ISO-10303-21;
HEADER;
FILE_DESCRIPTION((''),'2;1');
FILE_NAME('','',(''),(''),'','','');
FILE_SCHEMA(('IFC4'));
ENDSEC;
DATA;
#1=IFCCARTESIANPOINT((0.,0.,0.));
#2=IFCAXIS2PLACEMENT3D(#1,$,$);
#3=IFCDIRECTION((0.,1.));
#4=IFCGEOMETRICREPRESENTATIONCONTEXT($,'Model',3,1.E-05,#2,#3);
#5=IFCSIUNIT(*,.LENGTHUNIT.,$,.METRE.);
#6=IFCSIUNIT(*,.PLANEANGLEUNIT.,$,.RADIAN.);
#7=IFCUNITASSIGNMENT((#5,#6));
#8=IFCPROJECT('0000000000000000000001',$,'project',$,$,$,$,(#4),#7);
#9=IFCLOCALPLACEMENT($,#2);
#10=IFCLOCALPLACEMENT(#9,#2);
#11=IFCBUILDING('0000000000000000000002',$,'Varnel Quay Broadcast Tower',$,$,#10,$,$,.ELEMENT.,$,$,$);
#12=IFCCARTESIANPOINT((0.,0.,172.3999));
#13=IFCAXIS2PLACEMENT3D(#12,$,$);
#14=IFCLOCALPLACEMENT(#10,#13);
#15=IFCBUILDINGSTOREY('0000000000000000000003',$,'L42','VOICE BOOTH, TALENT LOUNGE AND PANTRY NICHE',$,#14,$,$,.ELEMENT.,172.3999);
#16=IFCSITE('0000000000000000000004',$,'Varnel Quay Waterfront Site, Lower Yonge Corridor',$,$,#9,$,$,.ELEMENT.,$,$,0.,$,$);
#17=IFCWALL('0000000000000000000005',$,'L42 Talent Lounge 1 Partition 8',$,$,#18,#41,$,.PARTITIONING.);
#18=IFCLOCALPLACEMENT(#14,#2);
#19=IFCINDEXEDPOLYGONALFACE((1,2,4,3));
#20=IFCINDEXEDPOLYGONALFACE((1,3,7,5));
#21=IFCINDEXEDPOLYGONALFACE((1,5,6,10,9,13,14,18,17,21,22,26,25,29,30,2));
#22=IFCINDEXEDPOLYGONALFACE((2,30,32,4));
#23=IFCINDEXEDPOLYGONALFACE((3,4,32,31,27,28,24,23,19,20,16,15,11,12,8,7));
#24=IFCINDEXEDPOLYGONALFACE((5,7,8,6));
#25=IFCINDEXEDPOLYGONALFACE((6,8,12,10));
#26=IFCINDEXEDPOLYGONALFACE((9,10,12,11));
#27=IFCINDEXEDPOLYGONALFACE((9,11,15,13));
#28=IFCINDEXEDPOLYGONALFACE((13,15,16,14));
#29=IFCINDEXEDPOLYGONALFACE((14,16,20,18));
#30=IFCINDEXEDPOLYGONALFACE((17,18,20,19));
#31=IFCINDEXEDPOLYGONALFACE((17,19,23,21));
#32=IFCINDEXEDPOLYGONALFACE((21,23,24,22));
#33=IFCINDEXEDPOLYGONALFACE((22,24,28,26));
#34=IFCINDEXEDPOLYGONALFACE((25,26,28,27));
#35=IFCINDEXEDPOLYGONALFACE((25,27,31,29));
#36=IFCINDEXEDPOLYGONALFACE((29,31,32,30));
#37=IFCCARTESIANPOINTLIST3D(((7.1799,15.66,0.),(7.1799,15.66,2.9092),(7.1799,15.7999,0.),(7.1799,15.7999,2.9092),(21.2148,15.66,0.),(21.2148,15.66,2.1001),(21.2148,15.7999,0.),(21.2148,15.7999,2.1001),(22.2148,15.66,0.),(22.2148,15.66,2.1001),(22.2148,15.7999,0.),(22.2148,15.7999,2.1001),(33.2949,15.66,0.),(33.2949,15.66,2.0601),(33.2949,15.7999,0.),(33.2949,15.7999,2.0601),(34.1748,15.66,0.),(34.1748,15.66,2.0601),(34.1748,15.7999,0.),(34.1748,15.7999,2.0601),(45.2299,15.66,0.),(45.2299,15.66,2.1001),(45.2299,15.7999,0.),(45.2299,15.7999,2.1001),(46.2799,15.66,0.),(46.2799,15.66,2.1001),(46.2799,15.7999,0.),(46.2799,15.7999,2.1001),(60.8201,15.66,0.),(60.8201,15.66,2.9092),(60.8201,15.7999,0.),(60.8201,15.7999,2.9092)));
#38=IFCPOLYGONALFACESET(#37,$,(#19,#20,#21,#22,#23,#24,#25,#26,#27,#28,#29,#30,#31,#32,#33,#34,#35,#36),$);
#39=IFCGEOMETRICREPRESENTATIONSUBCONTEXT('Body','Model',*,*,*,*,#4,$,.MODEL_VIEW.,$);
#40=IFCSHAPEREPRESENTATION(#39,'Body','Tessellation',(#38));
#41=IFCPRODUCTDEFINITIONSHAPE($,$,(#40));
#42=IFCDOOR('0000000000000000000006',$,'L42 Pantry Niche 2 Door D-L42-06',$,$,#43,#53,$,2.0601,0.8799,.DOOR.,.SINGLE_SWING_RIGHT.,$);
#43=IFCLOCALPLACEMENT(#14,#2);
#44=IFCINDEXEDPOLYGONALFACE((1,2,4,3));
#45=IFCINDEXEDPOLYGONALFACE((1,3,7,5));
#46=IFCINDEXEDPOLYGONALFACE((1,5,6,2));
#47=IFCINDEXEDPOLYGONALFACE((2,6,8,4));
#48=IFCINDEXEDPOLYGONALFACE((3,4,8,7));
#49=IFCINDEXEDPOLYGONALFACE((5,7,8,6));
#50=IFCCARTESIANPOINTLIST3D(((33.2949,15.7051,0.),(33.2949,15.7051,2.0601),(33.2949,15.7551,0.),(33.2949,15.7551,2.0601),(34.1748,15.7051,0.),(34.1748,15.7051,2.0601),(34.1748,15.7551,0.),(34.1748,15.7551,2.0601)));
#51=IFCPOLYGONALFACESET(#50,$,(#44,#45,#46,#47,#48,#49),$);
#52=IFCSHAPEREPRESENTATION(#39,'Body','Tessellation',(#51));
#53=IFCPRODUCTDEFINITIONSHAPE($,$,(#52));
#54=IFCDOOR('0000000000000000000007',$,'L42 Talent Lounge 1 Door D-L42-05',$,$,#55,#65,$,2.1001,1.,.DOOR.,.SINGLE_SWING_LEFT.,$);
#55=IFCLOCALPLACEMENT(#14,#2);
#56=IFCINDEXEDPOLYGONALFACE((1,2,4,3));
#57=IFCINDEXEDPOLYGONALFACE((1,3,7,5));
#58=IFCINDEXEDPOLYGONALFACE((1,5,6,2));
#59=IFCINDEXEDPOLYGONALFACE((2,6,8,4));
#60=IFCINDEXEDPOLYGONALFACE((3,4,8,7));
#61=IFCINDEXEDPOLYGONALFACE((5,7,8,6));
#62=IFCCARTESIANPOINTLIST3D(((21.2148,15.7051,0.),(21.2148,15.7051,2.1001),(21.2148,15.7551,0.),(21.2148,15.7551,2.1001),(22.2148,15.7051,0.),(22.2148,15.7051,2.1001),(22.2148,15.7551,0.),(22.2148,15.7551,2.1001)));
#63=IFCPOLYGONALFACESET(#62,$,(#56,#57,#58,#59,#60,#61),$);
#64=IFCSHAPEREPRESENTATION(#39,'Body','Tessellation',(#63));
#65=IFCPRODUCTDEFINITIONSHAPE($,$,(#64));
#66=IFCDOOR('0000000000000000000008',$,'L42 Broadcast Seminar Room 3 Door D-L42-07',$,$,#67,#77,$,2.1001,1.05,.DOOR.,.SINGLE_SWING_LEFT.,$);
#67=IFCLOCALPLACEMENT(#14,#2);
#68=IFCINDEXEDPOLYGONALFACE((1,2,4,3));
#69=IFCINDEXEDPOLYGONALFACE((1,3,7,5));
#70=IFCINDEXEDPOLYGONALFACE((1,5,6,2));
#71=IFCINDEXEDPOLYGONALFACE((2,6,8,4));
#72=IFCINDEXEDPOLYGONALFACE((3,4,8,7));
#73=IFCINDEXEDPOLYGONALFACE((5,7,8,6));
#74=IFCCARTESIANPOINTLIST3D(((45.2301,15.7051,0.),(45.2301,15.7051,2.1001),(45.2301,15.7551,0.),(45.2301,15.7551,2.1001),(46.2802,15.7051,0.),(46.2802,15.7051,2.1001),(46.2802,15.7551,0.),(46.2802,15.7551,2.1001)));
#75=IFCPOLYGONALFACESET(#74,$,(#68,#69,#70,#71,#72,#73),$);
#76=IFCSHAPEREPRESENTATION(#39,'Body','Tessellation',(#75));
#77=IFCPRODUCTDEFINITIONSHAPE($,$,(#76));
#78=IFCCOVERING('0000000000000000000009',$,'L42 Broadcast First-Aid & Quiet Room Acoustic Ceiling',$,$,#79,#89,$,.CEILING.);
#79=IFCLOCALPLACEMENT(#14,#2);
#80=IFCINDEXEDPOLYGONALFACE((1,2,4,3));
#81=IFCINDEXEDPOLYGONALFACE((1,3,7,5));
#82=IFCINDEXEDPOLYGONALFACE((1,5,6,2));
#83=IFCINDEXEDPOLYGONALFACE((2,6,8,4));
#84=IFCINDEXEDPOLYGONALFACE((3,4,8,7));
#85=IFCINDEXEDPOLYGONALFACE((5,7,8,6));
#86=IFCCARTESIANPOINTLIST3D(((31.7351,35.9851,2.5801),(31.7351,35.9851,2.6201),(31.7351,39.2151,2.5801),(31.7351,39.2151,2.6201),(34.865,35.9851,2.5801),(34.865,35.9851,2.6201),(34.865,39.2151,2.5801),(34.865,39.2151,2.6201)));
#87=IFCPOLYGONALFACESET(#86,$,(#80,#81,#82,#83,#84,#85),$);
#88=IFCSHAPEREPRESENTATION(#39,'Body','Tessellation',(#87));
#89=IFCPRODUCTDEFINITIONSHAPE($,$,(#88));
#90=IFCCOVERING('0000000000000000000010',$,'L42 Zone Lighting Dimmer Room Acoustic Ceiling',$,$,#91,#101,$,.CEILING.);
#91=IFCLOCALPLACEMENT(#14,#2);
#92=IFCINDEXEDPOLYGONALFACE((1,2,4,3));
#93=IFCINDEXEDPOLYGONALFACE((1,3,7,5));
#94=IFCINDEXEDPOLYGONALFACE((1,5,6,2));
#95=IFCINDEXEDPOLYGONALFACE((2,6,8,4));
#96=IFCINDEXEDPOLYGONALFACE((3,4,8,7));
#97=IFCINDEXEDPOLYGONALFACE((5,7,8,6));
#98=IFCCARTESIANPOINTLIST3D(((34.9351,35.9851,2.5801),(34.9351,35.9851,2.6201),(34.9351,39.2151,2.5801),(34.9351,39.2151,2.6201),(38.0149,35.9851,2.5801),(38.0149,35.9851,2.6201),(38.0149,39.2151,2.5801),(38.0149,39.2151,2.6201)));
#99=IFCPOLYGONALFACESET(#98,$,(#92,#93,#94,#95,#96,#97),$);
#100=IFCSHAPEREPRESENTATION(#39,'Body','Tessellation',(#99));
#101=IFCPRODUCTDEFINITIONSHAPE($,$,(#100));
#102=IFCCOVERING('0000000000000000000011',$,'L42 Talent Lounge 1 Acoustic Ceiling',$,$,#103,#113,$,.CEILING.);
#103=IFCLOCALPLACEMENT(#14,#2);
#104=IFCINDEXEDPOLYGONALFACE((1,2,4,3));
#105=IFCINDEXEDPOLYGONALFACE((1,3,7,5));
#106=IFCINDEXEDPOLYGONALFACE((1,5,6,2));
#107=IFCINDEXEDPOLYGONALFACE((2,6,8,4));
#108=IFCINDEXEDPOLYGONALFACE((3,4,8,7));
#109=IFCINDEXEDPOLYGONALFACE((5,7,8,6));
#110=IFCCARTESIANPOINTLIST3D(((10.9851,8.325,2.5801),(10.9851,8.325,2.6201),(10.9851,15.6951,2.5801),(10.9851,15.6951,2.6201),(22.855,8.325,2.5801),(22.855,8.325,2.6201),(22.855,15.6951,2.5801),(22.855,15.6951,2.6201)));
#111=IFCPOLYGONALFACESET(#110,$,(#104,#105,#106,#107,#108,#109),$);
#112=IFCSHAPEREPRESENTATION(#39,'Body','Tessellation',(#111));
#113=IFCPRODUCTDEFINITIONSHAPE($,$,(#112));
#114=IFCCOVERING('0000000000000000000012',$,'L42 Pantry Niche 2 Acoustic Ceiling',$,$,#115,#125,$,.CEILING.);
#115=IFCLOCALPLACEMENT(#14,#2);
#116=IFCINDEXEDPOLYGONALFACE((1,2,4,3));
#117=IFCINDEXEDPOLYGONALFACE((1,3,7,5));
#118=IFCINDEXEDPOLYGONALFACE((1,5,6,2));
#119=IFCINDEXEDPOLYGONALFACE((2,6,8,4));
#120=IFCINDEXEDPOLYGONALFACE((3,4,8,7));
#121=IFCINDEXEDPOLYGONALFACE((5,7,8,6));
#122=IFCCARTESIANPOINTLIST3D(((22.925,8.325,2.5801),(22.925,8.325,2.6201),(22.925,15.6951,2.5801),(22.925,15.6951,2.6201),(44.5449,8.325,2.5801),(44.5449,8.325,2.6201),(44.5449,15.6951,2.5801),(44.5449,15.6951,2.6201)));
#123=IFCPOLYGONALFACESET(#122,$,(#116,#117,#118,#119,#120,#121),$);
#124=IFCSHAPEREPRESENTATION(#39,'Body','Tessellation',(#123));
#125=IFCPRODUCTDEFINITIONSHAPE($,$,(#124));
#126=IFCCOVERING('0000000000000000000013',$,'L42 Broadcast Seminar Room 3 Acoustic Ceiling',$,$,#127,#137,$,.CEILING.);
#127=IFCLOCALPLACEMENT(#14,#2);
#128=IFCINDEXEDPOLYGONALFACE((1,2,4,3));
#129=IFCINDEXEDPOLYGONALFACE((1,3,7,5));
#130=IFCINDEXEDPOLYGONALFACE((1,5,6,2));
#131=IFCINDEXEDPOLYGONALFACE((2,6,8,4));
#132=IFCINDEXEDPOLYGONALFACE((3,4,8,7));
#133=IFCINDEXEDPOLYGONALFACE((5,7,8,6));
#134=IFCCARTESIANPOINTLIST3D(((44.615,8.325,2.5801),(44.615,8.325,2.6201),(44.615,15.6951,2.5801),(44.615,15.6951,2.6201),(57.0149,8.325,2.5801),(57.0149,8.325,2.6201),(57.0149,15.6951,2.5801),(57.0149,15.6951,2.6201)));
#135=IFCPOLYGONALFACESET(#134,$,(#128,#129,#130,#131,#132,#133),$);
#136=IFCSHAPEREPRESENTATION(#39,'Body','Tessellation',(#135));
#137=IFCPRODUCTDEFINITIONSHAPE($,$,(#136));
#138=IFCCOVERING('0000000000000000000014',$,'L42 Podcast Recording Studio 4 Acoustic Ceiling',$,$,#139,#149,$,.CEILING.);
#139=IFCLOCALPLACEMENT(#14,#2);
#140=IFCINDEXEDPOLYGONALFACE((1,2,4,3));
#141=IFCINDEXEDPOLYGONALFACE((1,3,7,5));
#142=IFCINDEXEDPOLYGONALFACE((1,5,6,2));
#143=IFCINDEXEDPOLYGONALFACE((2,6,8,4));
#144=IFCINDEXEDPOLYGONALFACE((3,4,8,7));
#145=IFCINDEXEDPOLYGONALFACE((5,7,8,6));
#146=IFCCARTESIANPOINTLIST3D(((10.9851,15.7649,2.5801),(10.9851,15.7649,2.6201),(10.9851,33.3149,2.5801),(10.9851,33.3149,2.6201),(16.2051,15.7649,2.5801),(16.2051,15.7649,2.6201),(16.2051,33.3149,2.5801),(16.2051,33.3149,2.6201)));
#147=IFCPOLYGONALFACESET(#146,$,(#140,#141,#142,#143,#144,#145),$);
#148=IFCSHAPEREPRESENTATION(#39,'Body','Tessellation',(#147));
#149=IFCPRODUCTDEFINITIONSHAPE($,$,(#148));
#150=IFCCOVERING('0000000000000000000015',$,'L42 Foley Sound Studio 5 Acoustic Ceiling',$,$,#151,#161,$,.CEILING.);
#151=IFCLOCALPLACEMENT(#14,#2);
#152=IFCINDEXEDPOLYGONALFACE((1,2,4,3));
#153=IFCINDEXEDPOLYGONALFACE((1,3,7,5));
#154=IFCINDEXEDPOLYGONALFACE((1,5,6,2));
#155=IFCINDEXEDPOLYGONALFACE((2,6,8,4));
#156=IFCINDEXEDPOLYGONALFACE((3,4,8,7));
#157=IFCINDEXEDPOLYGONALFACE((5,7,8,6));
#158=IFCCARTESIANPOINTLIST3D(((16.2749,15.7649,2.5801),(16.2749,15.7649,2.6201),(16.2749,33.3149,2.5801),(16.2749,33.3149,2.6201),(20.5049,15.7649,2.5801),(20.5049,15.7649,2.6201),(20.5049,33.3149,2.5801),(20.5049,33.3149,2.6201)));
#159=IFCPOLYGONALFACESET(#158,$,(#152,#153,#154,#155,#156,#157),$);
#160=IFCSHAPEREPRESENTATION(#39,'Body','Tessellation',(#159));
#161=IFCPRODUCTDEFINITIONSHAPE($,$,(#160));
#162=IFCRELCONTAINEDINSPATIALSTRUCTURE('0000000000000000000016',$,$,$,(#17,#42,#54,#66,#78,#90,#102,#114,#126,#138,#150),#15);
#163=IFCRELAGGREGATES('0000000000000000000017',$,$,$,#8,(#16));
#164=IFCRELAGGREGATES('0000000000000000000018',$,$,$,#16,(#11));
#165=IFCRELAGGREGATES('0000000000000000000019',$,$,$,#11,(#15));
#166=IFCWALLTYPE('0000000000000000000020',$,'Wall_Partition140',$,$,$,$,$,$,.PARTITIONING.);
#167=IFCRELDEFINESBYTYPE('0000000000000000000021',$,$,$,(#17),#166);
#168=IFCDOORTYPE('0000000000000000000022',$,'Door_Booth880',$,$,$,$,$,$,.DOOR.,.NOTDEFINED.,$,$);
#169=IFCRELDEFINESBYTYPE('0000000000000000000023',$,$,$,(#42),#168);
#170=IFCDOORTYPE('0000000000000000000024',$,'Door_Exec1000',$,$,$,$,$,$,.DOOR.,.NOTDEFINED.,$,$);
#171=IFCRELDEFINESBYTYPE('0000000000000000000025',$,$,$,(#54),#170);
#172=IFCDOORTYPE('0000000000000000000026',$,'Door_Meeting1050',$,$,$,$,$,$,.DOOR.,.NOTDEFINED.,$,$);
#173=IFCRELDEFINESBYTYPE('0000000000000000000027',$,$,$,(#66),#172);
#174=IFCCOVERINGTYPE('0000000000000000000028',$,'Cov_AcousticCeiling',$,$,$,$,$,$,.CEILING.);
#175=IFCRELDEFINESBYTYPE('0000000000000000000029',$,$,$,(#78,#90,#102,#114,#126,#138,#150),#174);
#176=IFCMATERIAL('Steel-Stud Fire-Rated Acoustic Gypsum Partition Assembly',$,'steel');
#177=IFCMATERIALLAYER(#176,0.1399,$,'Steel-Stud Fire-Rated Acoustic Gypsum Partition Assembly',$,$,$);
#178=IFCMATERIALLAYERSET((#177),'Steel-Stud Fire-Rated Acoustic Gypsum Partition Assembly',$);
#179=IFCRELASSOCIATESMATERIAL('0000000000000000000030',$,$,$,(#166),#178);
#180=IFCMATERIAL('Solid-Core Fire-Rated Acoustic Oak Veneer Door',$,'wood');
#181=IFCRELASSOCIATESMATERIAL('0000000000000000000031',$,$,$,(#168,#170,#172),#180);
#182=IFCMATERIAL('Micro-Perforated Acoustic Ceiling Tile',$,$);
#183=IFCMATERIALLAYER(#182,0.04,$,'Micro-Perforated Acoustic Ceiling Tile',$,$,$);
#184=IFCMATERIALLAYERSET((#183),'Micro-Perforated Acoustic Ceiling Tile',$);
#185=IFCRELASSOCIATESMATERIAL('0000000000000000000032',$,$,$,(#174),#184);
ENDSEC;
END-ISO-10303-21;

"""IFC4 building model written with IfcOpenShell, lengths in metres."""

from ifc_helpers import new_model, si_unit, direction, frame, frame_2d, origin, place, context, subcontext, project, spatial, polyline, rectangle, outline, extrude, source, transform, mapped, material, layer, layer_set, type_object, type_shapes, element, fill, save


model = new_model("IFC4")

# Units and contexts
model_context = context("Model", 3, precision=1e-05, world=origin(), true_north=direction((0.0, 1.0)))
body_context = subcontext(model_context, "Body", "Model", "MODEL_VIEW")
ifc_project = project(units=[si_unit("LENGTHUNIT", "METRE"), si_unit("PLANEANGLEUNIT", "RADIAN")], contexts=[model_context])

# Site, building, storey
site_placement = place(None, origin())
site = spatial("IfcSite", under=ifc_project, at=site_placement, Name="Varnel Quay Waterfront Site, Lower Yonge Corridor", CompositionType="ELEMENT", RefElevation=0.0)
building_placement = place(site_placement, origin())
building = spatial("IfcBuilding", under=site, at=building_placement, Name="Varnel Quay Broadcast Tower", CompositionType="ELEMENT")
storey_placement = place(building_placement, frame((0.0, 0.0, 172.3999)))
storey = spatial("IfcBuildingStorey", under=building, at=storey_placement, Name="L42", Description="VOICE BOOTH, TALENT LOUNGE AND PANTRY NICHE", CompositionType="ELEMENT", Elevation=172.3999)

# Wall, openings, doors
ifc_material_1 = material(Name="Steel-Stud Fire-Rated Acoustic Gypsum Partition Assembly", Category="steel")
ifc_layer_1 = layer(ifc_material_1, 0.1399, Name="Steel-Stud Fire-Rated Acoustic Gypsum Partition Assembly")
ifc_layer_set_1 = layer_set([ifc_layer_1], Name="Steel-Stud Fire-Rated Acoustic Gypsum Partition Assembly")
wall_type = type_object("IfcWallType", Name="Wall_Partition140", PredefinedType="PARTITIONING", material=ifc_layer_set_1)
wall_placement = place(storey_placement, frame((7.1799, 15.73, 0.0), z_axis=(0.0, 0.0, 1.0), x_axis=(1.0, 0.0, 0.0)))
wall = element("IfcWall", 1, at=wall_placement, inside=storey, type_object=wall_type, Name="L42 Talent Lounge 1 Partition 8", PredefinedType="PARTITIONING", context=body_context, shape_type="SweptSolid", body=[
    extrude(rectangle(XDim=53.6401, YDim=0.1399, at=frame_2d((26.8201, 0.0))), origin(), (0.0, 0.0, 1.0), 2.9092),
])
opening_1_placement = place(wall_placement, frame((14.0349, 0.0, 0.0)))
opening_1 = element("IfcOpeningElement", 2, at=opening_1_placement, cuts=wall, PredefinedType="OPENING", context=body_context, shape_type="SweptSolid", body=[
    extrude(rectangle(XDim=1.0, YDim=2.1001, at=frame_2d((0.5, 1.05))), frame((0.0, 0.0801, 0.0), z_axis=(0.0, -1.0, 0.0), x_axis=(1.0, 0.0, 0.0)), (0.0, 0.0, 1.0), 0.1599),
])
opening_2_placement = place(wall_placement, frame((26.115, 0.0, 0.0)))
opening_2 = element("IfcOpeningElement", 3, at=opening_2_placement, cuts=wall, PredefinedType="OPENING", context=body_context, shape_type="SweptSolid", body=[
    extrude(rectangle(XDim=0.8799, YDim=2.0601, at=frame_2d((0.4399, 1.03))), frame((0.0, 0.0801, 0.0), z_axis=(0.0, -1.0, 0.0), x_axis=(1.0, 0.0, 0.0)), (0.0, 0.0, 1.0), 0.1599),
])
opening_3_placement = place(wall_placement, frame((38.05, 0.0, 0.0)))
opening_3 = element("IfcOpeningElement", 4, at=opening_3_placement, cuts=wall, PredefinedType="OPENING", context=body_context, shape_type="SweptSolid", body=[
    extrude(rectangle(XDim=1.05, YDim=2.1001, at=frame_2d((0.5249, 1.05))), frame((0.0, 0.0801, 0.0), z_axis=(0.0, -1.0, 0.0), x_axis=(1.0, 0.0, 0.0)), (0.0, 0.0, 1.0), 0.1599),
])
ifc_material_2 = material(Name="Solid-Core Fire-Rated Acoustic Oak Veneer Door", Category="wood")
door_type_1 = type_object("IfcDoorType", Name="Door_Booth880", OperationType="NOTDEFINED", PredefinedType="DOOR", material=ifc_material_2)
shared_shape_1 = source(origin(), body_context, "Body", "SweptSolid", [
    extrude(rectangle(XDim=0.8799, YDim=2.0601, at=frame_2d((0.4399, 1.03))), frame((0.0, 0.0249, 0.0), z_axis=(0.0, -1.0, 0.0), x_axis=(1.0, 0.0, 0.0)), (0.0, 0.0, 1.0), 0.05),
])
type_shapes(door_type_1, [shared_shape_1])
door_1_placement = place(opening_2_placement, frame((0.8799, 0.0, 0.0), z_axis=(0.0, 0.0, 1.0), x_axis=(-1.0, 0.0, 0.0)))
door_1 = element("IfcDoor", 5, at=door_1_placement, inside=storey, type_object=door_type_1, Name="L42 Pantry Niche 2 Door D-L42-06", OperationType="SINGLE_SWING_RIGHT", OverallHeight=2.0601, OverallWidth=0.8799, PredefinedType="DOOR", context=body_context, shape_type="MappedRepresentation", body=[
    mapped(shared_shape_1, transform((0.0, 0.0, 0.0), x_axis=(1.0, 0.0, 0.0), y_axis=(0.0, 1.0, 0.0), z_axis=(0.0, 0.0, 1.0), scale=1.0)),
])
fill(opening_2, door_1)
door_type_2 = type_object("IfcDoorType", Name="Door_Exec1000", OperationType="NOTDEFINED", PredefinedType="DOOR", material=ifc_material_2)
shared_shape_2 = source(origin(), body_context, "Body", "SweptSolid", [
    extrude(rectangle(XDim=1.0, YDim=2.1001, at=frame_2d((0.5, 1.05))), frame((0.0, 0.0249, 0.0), z_axis=(0.0, -1.0, 0.0), x_axis=(1.0, 0.0, 0.0)), (0.0, 0.0, 1.0), 0.05),
])
type_shapes(door_type_2, [shared_shape_2])
door_2_placement = place(opening_1_placement, frame((1.0, 0.0, 0.0), z_axis=(0.0, 0.0, 1.0), x_axis=(-1.0, 0.0, 0.0)))
door_2 = element("IfcDoor", 6, at=door_2_placement, inside=storey, type_object=door_type_2, Name="L42 Talent Lounge 1 Door D-L42-05", OperationType="SINGLE_SWING_LEFT", OverallHeight=2.1001, OverallWidth=1.0, PredefinedType="DOOR", context=body_context, shape_type="MappedRepresentation", body=[
    mapped(shared_shape_2, transform((0.0, 0.0, 0.0), x_axis=(1.0, 0.0, 0.0), y_axis=(0.0, 1.0, 0.0), z_axis=(0.0, 0.0, 1.0), scale=1.0)),
])
fill(opening_1, door_2)
door_type_3 = type_object("IfcDoorType", Name="Door_Meeting1050", OperationType="NOTDEFINED", PredefinedType="DOOR", material=ifc_material_2)
shared_shape_3 = source(origin(), body_context, "Body", "SweptSolid", [
    extrude(rectangle(XDim=1.05, YDim=2.1001, at=frame_2d((0.5249, 1.05))), frame((0.0, 0.0249, 0.0), z_axis=(0.0, -1.0, 0.0), x_axis=(1.0, 0.0, 0.0)), (0.0, 0.0, 1.0), 0.05),
])
type_shapes(door_type_3, [shared_shape_3])
door_3_placement = place(opening_3_placement, frame((1.05, 0.0, 0.0), z_axis=(0.0, 0.0, 1.0), x_axis=(-1.0, 0.0, 0.0)))
door_3 = element("IfcDoor", 7, at=door_3_placement, inside=storey, type_object=door_type_3, Name="L42 Broadcast Seminar Room 3 Door D-L42-07", OperationType="SINGLE_SWING_LEFT", OverallHeight=2.1001, OverallWidth=1.05, PredefinedType="DOOR", context=body_context, shape_type="MappedRepresentation", body=[
    mapped(shared_shape_3, transform((0.0, 0.0, 0.0), x_axis=(1.0, 0.0, 0.0), y_axis=(0.0, 1.0, 0.0), z_axis=(0.0, 0.0, 1.0), scale=1.0)),
])
fill(opening_3, door_3)

# Coverings
ifc_material_3 = material(Name="Micro-Perforated Acoustic Ceiling Tile")
ifc_layer_2 = layer(ifc_material_3, 0.04, Name="Micro-Perforated Acoustic Ceiling Tile")
ifc_layer_set_2 = layer_set([ifc_layer_2], Name="Micro-Perforated Acoustic Ceiling Tile")
covering_type_1 = type_object("IfcCoveringType", Name="Cov_AcousticCeiling", PredefinedType="CEILING", material=ifc_layer_set_2)
covering_1_placement = place(storey_placement, frame((0.0, 0.0, 2.5801)))
element("IfcCovering", 8, at=covering_1_placement, inside=storey, type_object=covering_type_1, Name="L42 Broadcast First-Aid & Quiet Room Acoustic Ceiling", PredefinedType="CEILING", context=body_context, shape_type="SweptSolid", body=[
    extrude(outline(polyline([(31.7351, 35.9851), (34.865, 35.9851), (34.865, 39.2151), (31.7351, 39.2151), (31.7351, 35.9851)])), origin(), (0.0, 0.0, 1.0), 0.04),
])
covering_2_placement = place(storey_placement, frame((0.0, 0.0, 2.5801)))
element("IfcCovering", 9, at=covering_2_placement, inside=storey, type_object=covering_type_1, Name="L42 Zone Lighting Dimmer Room Acoustic Ceiling", PredefinedType="CEILING", context=body_context, shape_type="SweptSolid", body=[
    extrude(outline(polyline([(34.9351, 35.9851), (38.0149, 35.9851), (38.0149, 39.2151), (34.9351, 39.2151), (34.9351, 35.9851)])), origin(), (0.0, 0.0, 1.0), 0.04),
])
covering_3_placement = place(storey_placement, frame((0.0, 0.0, 2.5801)))
element("IfcCovering", 10, at=covering_3_placement, inside=storey, type_object=covering_type_1, Name="L42 Talent Lounge 1 Acoustic Ceiling", PredefinedType="CEILING", context=body_context, shape_type="SweptSolid", body=[
    extrude(outline(polyline([(10.9851, 8.325), (22.855, 8.325), (22.855, 15.6951), (10.9851, 15.6951), (10.9851, 8.325)])), origin(), (0.0, 0.0, 1.0), 0.04),
])
covering_4_placement = place(storey_placement, frame((0.0, 0.0, 2.5801)))
element("IfcCovering", 11, at=covering_4_placement, inside=storey, type_object=covering_type_1, Name="L42 Pantry Niche 2 Acoustic Ceiling", PredefinedType="CEILING", context=body_context, shape_type="SweptSolid", body=[
    extrude(outline(polyline([(22.925, 8.325), (44.5449, 8.325), (44.5449, 15.6951), (22.925, 15.6951), (22.925, 8.325)])), origin(), (0.0, 0.0, 1.0), 0.04),
])
covering_5_placement = place(storey_placement, frame((0.0, 0.0, 2.5801)))
element("IfcCovering", 12, at=covering_5_placement, inside=storey, type_object=covering_type_1, Name="L42 Broadcast Seminar Room 3 Acoustic Ceiling", PredefinedType="CEILING", context=body_context, shape_type="SweptSolid", body=[
    extrude(outline(polyline([(44.615, 8.325), (57.0149, 8.325), (57.0149, 15.6951), (44.615, 15.6951), (44.615, 8.325)])), origin(), (0.0, 0.0, 1.0), 0.04),
])
covering_6_placement = place(storey_placement, frame((0.0, 0.0, 2.5801)))
element("IfcCovering", 13, at=covering_6_placement, inside=storey, type_object=covering_type_1, Name="L42 Podcast Recording Studio 4 Acoustic Ceiling", PredefinedType="CEILING", context=body_context, shape_type="SweptSolid", body=[
    extrude(outline(polyline([(10.9851, 15.7649), (16.2051, 15.7649), (16.2051, 33.3149), (10.9851, 33.3149), (10.9851, 15.7649)])), origin(), (0.0, 0.0, 1.0), 0.04),
])
covering_7_placement = place(storey_placement, frame((0.0, 0.0, 2.5801)))
element("IfcCovering", 14, at=covering_7_placement, inside=storey, type_object=covering_type_1, Name="L42 Foley Sound Studio 5 Acoustic Ceiling", PredefinedType="CEILING", context=body_context, shape_type="SweptSolid", body=[
    extrude(outline(polyline([(16.2749, 15.7649), (20.5049, 15.7649), (20.5049, 33.3149), (16.2749, 33.3149), (16.2749, 15.7649)])), origin(), (0.0, 0.0, 1.0), 0.04),
])

save(model, "model.ifc")
